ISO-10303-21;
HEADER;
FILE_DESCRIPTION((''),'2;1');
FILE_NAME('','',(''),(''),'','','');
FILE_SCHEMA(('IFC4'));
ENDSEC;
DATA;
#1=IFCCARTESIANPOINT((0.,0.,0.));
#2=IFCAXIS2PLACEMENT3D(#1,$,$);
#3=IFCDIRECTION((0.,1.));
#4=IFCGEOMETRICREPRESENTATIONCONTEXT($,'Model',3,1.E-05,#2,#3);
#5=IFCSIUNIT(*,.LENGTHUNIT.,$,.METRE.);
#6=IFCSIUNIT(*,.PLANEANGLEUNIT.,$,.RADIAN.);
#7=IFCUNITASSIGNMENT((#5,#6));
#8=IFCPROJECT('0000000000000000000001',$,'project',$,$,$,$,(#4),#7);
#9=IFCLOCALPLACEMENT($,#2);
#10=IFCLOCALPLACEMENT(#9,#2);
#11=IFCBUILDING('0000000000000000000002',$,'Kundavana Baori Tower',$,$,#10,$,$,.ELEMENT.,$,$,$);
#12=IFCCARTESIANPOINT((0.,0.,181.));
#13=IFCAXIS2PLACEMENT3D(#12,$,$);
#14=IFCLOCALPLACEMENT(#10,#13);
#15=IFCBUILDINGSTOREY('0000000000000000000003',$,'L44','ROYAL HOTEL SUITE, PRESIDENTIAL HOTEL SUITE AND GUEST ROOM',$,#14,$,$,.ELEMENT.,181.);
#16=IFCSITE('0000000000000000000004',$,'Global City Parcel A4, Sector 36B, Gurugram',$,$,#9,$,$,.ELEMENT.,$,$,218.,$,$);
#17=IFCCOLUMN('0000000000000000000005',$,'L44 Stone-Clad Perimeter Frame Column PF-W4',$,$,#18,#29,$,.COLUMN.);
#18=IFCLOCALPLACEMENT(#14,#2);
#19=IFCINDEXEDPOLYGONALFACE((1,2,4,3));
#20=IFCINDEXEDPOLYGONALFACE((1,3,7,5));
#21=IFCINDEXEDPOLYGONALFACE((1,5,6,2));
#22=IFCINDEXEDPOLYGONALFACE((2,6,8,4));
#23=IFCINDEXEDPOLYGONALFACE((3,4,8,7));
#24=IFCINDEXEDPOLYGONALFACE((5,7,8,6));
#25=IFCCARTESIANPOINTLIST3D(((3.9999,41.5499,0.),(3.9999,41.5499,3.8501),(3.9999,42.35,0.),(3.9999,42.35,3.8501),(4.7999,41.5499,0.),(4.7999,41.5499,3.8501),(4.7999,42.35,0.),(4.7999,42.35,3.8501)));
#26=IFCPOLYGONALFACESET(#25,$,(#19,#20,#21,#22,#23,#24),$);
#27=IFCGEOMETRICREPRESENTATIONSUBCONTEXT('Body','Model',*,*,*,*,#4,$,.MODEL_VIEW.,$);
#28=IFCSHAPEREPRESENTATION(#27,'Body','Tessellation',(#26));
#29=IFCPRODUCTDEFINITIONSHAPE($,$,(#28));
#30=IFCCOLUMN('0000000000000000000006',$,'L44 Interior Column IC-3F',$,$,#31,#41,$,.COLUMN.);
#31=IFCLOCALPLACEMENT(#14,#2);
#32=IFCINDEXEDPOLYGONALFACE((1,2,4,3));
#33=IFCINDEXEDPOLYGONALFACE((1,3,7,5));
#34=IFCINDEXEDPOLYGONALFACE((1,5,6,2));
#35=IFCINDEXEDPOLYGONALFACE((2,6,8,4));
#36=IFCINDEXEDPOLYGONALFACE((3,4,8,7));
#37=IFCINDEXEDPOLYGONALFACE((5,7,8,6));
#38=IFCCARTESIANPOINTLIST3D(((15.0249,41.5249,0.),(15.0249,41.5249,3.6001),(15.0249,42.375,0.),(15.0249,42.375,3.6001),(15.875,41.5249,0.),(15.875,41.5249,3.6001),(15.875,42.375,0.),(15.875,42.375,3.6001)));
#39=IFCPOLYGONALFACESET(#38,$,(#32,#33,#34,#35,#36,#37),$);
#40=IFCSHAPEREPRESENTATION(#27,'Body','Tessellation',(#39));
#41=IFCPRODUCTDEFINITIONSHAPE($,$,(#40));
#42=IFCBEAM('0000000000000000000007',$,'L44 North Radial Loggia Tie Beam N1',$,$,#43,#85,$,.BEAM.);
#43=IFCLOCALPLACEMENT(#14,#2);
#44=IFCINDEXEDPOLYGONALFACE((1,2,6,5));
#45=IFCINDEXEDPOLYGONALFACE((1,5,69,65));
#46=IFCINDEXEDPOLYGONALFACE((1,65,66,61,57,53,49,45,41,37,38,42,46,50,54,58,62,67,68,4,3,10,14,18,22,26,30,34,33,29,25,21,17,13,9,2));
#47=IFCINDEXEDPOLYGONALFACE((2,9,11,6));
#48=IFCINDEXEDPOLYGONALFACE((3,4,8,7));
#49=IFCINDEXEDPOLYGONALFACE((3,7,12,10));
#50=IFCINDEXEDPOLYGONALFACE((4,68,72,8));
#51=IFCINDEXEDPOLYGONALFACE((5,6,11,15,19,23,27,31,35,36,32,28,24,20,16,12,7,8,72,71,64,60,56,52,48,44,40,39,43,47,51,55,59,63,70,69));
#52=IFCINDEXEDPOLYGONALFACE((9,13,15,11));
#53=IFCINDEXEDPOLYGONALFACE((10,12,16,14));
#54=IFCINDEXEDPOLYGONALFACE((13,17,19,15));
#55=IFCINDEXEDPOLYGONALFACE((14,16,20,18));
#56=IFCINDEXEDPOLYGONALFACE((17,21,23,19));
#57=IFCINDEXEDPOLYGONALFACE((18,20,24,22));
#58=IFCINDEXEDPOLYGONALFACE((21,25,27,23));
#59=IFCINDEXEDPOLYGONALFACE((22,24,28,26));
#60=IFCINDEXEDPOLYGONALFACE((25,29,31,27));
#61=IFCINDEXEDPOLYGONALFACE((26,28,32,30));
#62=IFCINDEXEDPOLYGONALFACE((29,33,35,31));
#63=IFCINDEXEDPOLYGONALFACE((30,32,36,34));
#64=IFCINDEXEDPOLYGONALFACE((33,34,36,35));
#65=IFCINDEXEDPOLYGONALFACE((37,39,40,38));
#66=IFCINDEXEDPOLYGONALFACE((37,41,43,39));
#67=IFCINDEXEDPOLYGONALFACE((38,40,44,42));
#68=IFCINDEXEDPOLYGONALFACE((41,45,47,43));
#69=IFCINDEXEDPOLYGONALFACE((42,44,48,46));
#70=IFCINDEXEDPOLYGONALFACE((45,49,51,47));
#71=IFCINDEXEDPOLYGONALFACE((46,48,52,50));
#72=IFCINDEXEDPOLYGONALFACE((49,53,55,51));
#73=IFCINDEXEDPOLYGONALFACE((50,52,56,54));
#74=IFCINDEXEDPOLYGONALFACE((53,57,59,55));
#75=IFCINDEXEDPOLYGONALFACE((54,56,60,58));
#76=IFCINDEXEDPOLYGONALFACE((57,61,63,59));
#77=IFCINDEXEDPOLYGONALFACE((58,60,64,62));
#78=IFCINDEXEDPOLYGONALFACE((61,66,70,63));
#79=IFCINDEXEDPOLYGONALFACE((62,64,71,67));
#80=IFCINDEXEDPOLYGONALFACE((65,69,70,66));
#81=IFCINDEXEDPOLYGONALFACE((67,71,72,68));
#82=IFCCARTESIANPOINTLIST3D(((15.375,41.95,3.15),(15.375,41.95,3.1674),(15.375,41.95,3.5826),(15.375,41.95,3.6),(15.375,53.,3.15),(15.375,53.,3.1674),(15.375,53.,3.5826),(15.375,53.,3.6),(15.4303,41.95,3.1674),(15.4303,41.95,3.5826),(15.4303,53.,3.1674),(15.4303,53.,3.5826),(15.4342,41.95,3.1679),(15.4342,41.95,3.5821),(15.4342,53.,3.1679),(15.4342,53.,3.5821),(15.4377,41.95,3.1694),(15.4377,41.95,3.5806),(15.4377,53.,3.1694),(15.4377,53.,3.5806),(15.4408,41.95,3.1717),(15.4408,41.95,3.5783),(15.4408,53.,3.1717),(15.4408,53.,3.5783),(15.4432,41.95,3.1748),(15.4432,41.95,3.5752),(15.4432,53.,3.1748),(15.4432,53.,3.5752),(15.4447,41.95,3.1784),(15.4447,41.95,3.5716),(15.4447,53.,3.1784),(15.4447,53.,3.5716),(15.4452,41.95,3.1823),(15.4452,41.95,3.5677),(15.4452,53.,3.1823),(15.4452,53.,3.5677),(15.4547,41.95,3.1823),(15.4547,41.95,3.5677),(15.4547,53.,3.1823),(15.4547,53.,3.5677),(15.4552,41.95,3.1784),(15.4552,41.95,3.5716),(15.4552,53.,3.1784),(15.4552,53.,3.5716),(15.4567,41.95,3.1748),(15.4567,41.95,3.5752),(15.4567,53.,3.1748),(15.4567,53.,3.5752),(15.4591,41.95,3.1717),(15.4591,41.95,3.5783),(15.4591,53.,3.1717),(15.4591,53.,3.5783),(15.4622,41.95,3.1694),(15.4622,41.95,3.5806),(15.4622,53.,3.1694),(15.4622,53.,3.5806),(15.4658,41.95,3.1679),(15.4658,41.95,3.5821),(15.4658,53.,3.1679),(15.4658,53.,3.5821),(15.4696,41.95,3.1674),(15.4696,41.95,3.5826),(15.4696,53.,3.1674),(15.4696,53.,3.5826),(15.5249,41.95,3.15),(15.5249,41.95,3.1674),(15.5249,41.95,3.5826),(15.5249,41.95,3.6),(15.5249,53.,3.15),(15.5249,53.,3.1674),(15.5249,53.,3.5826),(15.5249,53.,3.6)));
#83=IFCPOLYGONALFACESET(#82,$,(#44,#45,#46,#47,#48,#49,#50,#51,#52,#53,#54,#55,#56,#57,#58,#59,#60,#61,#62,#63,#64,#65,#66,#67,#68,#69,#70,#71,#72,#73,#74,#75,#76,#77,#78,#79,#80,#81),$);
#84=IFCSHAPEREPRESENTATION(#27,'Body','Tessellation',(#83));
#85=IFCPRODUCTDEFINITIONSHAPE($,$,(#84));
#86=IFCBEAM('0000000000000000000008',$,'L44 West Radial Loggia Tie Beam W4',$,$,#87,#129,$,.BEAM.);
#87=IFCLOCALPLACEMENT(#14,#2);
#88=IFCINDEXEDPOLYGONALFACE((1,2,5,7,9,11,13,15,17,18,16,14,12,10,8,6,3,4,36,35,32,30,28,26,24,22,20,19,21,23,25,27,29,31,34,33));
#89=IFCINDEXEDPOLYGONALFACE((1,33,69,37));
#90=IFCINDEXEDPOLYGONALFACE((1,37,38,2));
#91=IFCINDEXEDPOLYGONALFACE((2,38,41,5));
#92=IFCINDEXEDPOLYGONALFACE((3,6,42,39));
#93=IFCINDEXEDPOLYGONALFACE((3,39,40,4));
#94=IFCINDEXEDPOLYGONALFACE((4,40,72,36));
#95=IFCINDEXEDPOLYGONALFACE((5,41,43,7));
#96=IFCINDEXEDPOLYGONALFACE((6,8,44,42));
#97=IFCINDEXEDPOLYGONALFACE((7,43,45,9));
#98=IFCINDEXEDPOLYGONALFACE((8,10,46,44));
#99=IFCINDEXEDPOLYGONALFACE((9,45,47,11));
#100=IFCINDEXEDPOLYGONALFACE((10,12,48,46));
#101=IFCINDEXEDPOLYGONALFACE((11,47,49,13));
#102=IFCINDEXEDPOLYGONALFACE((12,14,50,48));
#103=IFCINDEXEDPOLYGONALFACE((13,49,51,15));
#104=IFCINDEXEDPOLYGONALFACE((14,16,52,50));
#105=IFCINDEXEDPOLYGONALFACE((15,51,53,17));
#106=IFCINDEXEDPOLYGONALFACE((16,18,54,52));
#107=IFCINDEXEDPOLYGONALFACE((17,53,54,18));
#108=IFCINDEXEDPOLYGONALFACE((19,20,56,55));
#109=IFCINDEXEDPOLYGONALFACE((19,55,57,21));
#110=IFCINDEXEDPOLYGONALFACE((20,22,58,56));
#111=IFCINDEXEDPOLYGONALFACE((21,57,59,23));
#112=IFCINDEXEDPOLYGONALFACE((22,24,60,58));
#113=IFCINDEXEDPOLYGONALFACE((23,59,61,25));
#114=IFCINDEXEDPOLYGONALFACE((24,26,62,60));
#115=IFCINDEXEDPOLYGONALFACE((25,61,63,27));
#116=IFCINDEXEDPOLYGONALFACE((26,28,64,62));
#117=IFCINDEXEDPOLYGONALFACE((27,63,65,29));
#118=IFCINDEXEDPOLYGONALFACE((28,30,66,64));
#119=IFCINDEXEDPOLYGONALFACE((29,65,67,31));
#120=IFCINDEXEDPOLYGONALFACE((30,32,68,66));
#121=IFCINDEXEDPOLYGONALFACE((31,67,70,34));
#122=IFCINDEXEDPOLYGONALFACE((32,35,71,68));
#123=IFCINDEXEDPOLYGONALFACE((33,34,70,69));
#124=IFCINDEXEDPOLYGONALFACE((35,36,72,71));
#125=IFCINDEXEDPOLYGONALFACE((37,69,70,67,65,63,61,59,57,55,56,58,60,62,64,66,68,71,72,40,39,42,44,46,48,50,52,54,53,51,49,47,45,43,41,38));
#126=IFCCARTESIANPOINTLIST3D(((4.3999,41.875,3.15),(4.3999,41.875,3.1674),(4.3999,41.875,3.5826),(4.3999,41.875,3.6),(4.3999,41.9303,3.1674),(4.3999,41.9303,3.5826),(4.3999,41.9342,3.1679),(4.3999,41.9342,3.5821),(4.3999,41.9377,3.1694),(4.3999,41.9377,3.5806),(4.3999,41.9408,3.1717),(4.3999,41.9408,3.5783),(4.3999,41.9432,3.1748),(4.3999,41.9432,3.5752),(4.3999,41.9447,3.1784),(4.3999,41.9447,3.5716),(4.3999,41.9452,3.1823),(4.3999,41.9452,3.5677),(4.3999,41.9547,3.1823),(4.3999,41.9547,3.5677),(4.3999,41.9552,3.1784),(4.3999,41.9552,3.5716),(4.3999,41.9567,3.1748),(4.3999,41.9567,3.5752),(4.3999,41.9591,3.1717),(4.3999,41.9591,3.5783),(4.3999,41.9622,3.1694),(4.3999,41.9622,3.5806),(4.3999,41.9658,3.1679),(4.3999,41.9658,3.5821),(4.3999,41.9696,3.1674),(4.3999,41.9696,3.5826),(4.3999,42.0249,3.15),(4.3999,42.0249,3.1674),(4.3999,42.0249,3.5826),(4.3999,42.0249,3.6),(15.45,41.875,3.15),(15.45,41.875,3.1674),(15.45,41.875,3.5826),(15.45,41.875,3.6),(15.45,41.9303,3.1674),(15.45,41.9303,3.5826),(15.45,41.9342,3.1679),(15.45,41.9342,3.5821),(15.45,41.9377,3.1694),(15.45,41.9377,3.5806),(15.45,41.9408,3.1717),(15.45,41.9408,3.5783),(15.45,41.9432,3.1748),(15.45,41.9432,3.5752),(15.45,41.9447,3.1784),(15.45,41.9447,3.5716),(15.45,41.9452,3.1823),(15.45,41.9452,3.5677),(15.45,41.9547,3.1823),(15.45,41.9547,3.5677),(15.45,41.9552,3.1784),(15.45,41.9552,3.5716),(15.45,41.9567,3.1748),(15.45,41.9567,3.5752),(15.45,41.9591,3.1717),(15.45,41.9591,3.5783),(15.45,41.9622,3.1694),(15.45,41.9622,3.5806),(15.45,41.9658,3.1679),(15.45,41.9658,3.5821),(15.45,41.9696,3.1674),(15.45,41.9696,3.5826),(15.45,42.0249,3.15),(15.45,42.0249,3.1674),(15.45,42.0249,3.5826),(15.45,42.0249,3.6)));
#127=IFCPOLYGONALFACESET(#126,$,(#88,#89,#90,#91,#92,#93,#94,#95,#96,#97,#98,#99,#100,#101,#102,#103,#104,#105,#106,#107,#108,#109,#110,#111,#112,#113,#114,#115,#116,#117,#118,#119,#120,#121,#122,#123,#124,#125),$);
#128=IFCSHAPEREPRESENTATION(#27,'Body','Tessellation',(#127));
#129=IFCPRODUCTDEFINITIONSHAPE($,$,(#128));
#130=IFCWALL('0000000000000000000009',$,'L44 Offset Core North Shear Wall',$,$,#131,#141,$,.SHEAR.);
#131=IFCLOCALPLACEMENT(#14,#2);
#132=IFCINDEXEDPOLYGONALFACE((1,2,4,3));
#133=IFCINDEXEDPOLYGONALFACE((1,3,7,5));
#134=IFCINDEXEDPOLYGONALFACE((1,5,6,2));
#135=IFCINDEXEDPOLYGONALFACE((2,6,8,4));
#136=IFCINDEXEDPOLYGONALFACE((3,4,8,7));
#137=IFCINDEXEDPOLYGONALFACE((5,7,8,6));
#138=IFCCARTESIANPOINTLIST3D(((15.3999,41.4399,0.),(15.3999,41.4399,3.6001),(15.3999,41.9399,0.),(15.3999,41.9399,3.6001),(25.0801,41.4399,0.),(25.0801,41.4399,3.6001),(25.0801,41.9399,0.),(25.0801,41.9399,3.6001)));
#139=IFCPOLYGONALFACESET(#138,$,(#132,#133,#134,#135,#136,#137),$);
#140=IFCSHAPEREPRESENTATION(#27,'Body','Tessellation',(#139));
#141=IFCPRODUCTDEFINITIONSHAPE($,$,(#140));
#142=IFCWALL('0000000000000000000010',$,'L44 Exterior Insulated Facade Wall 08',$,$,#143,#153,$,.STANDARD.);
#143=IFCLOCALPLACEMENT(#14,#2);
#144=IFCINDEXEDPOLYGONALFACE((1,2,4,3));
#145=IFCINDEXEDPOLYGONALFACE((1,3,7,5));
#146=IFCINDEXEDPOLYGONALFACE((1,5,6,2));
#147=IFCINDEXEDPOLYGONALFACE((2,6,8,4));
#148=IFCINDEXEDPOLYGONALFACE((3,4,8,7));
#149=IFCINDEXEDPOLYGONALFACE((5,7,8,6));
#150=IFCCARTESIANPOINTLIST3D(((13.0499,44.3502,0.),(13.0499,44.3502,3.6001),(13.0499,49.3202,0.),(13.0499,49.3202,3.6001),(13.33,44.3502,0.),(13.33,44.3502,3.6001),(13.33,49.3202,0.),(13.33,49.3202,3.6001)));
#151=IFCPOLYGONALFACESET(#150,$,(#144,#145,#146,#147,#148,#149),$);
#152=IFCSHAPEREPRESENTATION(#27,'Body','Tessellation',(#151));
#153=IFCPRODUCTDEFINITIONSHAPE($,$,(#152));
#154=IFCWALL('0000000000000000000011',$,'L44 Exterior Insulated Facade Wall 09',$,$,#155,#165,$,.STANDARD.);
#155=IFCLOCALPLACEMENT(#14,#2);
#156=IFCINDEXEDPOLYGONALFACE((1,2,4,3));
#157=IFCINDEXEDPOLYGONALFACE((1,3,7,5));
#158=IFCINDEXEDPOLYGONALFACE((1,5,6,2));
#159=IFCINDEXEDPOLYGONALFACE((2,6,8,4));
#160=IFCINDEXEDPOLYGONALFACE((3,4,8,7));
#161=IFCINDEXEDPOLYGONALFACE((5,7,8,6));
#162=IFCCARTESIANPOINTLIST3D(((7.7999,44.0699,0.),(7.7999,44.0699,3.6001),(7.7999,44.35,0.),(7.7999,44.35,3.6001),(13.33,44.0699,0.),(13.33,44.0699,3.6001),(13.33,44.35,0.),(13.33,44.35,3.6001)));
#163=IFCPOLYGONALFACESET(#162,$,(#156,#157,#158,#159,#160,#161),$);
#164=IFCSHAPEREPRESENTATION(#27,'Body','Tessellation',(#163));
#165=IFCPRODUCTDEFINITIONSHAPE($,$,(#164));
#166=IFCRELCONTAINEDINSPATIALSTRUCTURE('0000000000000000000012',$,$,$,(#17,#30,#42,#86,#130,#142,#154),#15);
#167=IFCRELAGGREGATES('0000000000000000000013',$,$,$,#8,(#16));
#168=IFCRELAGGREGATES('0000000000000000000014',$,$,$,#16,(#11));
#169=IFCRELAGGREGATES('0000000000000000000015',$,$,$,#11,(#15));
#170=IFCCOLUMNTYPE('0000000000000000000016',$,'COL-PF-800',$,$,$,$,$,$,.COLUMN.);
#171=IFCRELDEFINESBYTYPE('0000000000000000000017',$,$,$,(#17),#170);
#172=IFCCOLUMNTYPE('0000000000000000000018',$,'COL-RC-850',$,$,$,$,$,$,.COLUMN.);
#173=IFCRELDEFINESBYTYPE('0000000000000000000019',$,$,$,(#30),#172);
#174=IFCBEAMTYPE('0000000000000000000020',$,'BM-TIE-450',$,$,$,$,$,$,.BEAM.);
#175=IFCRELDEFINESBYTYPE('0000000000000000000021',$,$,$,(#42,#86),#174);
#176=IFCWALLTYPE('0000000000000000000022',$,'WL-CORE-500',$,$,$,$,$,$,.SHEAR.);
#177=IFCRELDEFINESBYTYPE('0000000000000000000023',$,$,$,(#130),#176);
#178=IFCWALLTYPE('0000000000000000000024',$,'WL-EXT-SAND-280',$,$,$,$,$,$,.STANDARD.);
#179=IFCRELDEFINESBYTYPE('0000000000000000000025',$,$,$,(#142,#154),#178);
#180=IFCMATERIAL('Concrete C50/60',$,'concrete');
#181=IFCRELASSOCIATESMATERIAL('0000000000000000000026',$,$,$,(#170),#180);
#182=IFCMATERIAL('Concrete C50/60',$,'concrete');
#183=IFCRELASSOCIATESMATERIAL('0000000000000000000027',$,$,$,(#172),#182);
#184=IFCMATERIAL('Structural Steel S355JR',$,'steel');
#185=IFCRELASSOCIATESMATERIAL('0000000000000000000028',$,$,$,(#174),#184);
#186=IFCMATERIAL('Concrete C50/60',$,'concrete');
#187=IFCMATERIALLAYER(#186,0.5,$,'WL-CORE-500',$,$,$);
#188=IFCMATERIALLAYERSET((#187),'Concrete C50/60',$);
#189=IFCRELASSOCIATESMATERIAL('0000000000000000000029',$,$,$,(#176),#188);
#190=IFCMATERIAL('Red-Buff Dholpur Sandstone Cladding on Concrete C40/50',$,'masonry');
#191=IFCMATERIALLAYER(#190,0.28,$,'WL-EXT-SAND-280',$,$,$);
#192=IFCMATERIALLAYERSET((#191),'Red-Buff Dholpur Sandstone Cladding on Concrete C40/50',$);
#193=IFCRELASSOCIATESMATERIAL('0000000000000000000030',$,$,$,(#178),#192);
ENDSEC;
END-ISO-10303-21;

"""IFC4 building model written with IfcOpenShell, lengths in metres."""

from ifc_helpers import new_model, si_unit, direction, frame, frame_2d, origin, origin_2d, place, context, subcontext, project, spatial, rectangle, i_section, extrude, material, layer, layer_set, material_profile, profile_set, type_object, element, save


model = new_model("IFC4")

# Units and contexts
model_context = context("Model", 3, precision=1e-05, world=origin(), true_north=direction((0.0, 1.0)))
body_context = subcontext(model_context, "Body", "Model", "MODEL_VIEW")
ifc_project = project(units=[si_unit("LENGTHUNIT", "METRE"), si_unit("PLANEANGLEUNIT", "RADIAN")], contexts=[model_context])

# Site, building, storey
site_placement = place(None, origin())
site = spatial("IfcSite", under=ifc_project, at=site_placement, Name="Global City Parcel A4, Sector 36B, Gurugram", CompositionType="ELEMENT", RefElevation=218.0)
building_placement = place(site_placement, origin())
building = spatial("IfcBuilding", under=site, at=building_placement, Name="Kundavana Baori Tower", CompositionType="ELEMENT")
storey_placement = place(building_placement, frame((0.0, 0.0, 181.0)))
storey = spatial("IfcBuildingStorey", under=building, at=storey_placement, Name="L44", Description="ROYAL HOTEL SUITE, PRESIDENTIAL HOTEL SUITE AND GUEST ROOM", CompositionType="ELEMENT", Elevation=181.0)

# Columns
ifc_material_1 = material(Name="Concrete C50/60", Category="concrete")
ifc_material_profile_1 = material_profile(ifc_material_1, rectangle(XDim=0.8, YDim=0.8, at=origin_2d()), Name="RC PF 800x800")
ifc_profile_set_1 = profile_set([ifc_material_profile_1], Name="Concrete C50/60")
column_type_1 = type_object("IfcColumnType", Name="COL-PF-800", PredefinedType="COLUMN", material=ifc_profile_set_1)
column_1_placement = place(storey_placement, frame((4.3999, 41.95, 0.0), z_axis=(0.0, 0.0, 1.0), x_axis=(1.0, 0.0, 0.0)))
element("IfcColumn", 1, at=column_1_placement, inside=storey, type_object=column_type_1, Name="L44 Stone-Clad Perimeter Frame Column PF-W4", PredefinedType="COLUMN", context=body_context, shape_type="SweptSolid", body=[
    extrude(rectangle(XDim=0.8, YDim=0.8, at=origin_2d()), origin(), (0.0, 0.0, 1.0), 3.8501),
])
ifc_material_2 = material(Name="Concrete C50/60", Category="concrete")
ifc_material_profile_2 = material_profile(ifc_material_2, rectangle(XDim=0.8501, YDim=0.8501, at=origin_2d()), Name="RC 850x850")
ifc_profile_set_2 = profile_set([ifc_material_profile_2], Name="Concrete C50/60")
column_type_2 = type_object("IfcColumnType", Name="COL-RC-850", PredefinedType="COLUMN", material=ifc_profile_set_2)
column_2_placement = place(storey_placement, frame((15.45, 41.95, 0.0), z_axis=(0.0, 0.0, 1.0), x_axis=(1.0, 0.0, 0.0)))
element("IfcColumn", 2, at=column_2_placement, inside=storey, type_object=column_type_2, Name="L44 Interior Column IC-3F", PredefinedType="COLUMN", context=body_context, shape_type="SweptSolid", body=[
    extrude(rectangle(XDim=0.8501, YDim=0.8501, at=origin_2d()), origin(), (0.0, 0.0, 1.0), 3.6001),
])

# Beams
ifc_material_3 = material(Name="Structural Steel S355JR", Category="steel")
ifc_material_profile_3 = material_profile(ifc_material_3, i_section(OverallWidth=0.1499, OverallDepth=0.45, WebThickness=0.0095, FlangeThickness=0.0173, FilletRadius=0.0149, at=origin_2d()), Name="ISMB 450")
ifc_profile_set_3 = profile_set([ifc_material_profile_3], Name="Structural Steel S355JR")
beam_type = type_object("IfcBeamType", Name="BM-TIE-450", PredefinedType="BEAM", material=ifc_profile_set_3)
for number, where, z_axis, x_axis, name in (
    (3, (15.45, 41.95, 3.375), (0.0, 1.0, 0.0), (-1.0, 0.0, 0.0), "L44 North Radial Loggia Tie Beam N1"),
    (4, (15.45, 41.95, 3.375), (-1.0, 0.0, 0.0), (0.0, -1.0, 0.0), "L44 West Radial Loggia Tie Beam W4"),
):
    element("IfcBeam", number, at=place(storey_placement, frame(where, z_axis=z_axis, x_axis=x_axis)), inside=storey, type_object=beam_type, Name=name, PredefinedType="BEAM", context=body_context, shape_type="SweptSolid", body=[
        extrude(i_section(OverallWidth=0.1499, OverallDepth=0.45, WebThickness=0.0095, FlangeThickness=0.0173, FilletRadius=0.0149, at=origin_2d()), origin(), (0.0, 0.0, 1.0), 11.05),
    ])

# Walls
ifc_material_4 = material(Name="Concrete C50/60", Category="concrete")
ifc_layer_1 = layer(ifc_material_4, 0.5, Name="WL-CORE-500")
ifc_layer_set_1 = layer_set([ifc_layer_1], Name="Concrete C50/60")
wall_type_1 = type_object("IfcWallType", Name="WL-CORE-500", PredefinedType="SHEAR", material=ifc_layer_set_1)
wall_1_placement = place(storey_placement, frame((15.3999, 41.6899, 0.0), z_axis=(0.0, 0.0, 1.0), x_axis=(1.0, 0.0, 0.0)))
element("IfcWall", 5, at=wall_1_placement, inside=storey, type_object=wall_type_1, Name="L44 Offset Core North Shear Wall", PredefinedType="SHEAR", context=body_context, shape_type="SweptSolid", body=[
    extrude(rectangle(XDim=9.6802, YDim=0.5, at=frame_2d((4.8401, 0.0))), origin(), (0.0, 0.0, 1.0), 3.6001),
])
ifc_material_5 = material(Name="Red-Buff Dholpur Sandstone Cladding on Concrete C40/50", Category="masonry")
ifc_layer_2 = layer(ifc_material_5, 0.28, Name="WL-EXT-SAND-280")
ifc_layer_set_2 = layer_set([ifc_layer_2], Name="Red-Buff Dholpur Sandstone Cladding on Concrete C40/50")
wall_type_2 = type_object("IfcWallType", Name="WL-EXT-SAND-280", PredefinedType="STANDARD", material=ifc_layer_set_2)
wall_2_placement = place(storey_placement, frame((13.1899, 49.3201, 0.0), z_axis=(0.0, 0.0, 1.0), x_axis=(0.0, -1.0, 0.0)))
element("IfcWall", 6, at=wall_2_placement, inside=storey, type_object=wall_type_2, Name="L44 Exterior Insulated Facade Wall 08", PredefinedType="STANDARD", context=body_context, shape_type="SweptSolid", body=[
    extrude(rectangle(XDim=4.97, YDim=0.28, at=frame_2d((2.4849, 0.0))), origin(), (0.0, 0.0, 1.0), 3.6001),
])
wall_3_placement = place(storey_placement, frame((13.3301, 44.21, 0.0), z_axis=(0.0, 0.0, 1.0), x_axis=(-1.0, 0.0, 0.0)))
element("IfcWall", 7, at=wall_3_placement, inside=storey, type_object=wall_type_2, Name="L44 Exterior Insulated Facade Wall 09", PredefinedType="STANDARD", context=body_context, shape_type="SweptSolid", body=[
    extrude(rectangle(XDim=5.53, YDim=0.28, at=frame_2d((2.7651, 0.0))), origin(), (0.0, 0.0, 1.0), 3.6001),
])

save(model, "model.ifc")
